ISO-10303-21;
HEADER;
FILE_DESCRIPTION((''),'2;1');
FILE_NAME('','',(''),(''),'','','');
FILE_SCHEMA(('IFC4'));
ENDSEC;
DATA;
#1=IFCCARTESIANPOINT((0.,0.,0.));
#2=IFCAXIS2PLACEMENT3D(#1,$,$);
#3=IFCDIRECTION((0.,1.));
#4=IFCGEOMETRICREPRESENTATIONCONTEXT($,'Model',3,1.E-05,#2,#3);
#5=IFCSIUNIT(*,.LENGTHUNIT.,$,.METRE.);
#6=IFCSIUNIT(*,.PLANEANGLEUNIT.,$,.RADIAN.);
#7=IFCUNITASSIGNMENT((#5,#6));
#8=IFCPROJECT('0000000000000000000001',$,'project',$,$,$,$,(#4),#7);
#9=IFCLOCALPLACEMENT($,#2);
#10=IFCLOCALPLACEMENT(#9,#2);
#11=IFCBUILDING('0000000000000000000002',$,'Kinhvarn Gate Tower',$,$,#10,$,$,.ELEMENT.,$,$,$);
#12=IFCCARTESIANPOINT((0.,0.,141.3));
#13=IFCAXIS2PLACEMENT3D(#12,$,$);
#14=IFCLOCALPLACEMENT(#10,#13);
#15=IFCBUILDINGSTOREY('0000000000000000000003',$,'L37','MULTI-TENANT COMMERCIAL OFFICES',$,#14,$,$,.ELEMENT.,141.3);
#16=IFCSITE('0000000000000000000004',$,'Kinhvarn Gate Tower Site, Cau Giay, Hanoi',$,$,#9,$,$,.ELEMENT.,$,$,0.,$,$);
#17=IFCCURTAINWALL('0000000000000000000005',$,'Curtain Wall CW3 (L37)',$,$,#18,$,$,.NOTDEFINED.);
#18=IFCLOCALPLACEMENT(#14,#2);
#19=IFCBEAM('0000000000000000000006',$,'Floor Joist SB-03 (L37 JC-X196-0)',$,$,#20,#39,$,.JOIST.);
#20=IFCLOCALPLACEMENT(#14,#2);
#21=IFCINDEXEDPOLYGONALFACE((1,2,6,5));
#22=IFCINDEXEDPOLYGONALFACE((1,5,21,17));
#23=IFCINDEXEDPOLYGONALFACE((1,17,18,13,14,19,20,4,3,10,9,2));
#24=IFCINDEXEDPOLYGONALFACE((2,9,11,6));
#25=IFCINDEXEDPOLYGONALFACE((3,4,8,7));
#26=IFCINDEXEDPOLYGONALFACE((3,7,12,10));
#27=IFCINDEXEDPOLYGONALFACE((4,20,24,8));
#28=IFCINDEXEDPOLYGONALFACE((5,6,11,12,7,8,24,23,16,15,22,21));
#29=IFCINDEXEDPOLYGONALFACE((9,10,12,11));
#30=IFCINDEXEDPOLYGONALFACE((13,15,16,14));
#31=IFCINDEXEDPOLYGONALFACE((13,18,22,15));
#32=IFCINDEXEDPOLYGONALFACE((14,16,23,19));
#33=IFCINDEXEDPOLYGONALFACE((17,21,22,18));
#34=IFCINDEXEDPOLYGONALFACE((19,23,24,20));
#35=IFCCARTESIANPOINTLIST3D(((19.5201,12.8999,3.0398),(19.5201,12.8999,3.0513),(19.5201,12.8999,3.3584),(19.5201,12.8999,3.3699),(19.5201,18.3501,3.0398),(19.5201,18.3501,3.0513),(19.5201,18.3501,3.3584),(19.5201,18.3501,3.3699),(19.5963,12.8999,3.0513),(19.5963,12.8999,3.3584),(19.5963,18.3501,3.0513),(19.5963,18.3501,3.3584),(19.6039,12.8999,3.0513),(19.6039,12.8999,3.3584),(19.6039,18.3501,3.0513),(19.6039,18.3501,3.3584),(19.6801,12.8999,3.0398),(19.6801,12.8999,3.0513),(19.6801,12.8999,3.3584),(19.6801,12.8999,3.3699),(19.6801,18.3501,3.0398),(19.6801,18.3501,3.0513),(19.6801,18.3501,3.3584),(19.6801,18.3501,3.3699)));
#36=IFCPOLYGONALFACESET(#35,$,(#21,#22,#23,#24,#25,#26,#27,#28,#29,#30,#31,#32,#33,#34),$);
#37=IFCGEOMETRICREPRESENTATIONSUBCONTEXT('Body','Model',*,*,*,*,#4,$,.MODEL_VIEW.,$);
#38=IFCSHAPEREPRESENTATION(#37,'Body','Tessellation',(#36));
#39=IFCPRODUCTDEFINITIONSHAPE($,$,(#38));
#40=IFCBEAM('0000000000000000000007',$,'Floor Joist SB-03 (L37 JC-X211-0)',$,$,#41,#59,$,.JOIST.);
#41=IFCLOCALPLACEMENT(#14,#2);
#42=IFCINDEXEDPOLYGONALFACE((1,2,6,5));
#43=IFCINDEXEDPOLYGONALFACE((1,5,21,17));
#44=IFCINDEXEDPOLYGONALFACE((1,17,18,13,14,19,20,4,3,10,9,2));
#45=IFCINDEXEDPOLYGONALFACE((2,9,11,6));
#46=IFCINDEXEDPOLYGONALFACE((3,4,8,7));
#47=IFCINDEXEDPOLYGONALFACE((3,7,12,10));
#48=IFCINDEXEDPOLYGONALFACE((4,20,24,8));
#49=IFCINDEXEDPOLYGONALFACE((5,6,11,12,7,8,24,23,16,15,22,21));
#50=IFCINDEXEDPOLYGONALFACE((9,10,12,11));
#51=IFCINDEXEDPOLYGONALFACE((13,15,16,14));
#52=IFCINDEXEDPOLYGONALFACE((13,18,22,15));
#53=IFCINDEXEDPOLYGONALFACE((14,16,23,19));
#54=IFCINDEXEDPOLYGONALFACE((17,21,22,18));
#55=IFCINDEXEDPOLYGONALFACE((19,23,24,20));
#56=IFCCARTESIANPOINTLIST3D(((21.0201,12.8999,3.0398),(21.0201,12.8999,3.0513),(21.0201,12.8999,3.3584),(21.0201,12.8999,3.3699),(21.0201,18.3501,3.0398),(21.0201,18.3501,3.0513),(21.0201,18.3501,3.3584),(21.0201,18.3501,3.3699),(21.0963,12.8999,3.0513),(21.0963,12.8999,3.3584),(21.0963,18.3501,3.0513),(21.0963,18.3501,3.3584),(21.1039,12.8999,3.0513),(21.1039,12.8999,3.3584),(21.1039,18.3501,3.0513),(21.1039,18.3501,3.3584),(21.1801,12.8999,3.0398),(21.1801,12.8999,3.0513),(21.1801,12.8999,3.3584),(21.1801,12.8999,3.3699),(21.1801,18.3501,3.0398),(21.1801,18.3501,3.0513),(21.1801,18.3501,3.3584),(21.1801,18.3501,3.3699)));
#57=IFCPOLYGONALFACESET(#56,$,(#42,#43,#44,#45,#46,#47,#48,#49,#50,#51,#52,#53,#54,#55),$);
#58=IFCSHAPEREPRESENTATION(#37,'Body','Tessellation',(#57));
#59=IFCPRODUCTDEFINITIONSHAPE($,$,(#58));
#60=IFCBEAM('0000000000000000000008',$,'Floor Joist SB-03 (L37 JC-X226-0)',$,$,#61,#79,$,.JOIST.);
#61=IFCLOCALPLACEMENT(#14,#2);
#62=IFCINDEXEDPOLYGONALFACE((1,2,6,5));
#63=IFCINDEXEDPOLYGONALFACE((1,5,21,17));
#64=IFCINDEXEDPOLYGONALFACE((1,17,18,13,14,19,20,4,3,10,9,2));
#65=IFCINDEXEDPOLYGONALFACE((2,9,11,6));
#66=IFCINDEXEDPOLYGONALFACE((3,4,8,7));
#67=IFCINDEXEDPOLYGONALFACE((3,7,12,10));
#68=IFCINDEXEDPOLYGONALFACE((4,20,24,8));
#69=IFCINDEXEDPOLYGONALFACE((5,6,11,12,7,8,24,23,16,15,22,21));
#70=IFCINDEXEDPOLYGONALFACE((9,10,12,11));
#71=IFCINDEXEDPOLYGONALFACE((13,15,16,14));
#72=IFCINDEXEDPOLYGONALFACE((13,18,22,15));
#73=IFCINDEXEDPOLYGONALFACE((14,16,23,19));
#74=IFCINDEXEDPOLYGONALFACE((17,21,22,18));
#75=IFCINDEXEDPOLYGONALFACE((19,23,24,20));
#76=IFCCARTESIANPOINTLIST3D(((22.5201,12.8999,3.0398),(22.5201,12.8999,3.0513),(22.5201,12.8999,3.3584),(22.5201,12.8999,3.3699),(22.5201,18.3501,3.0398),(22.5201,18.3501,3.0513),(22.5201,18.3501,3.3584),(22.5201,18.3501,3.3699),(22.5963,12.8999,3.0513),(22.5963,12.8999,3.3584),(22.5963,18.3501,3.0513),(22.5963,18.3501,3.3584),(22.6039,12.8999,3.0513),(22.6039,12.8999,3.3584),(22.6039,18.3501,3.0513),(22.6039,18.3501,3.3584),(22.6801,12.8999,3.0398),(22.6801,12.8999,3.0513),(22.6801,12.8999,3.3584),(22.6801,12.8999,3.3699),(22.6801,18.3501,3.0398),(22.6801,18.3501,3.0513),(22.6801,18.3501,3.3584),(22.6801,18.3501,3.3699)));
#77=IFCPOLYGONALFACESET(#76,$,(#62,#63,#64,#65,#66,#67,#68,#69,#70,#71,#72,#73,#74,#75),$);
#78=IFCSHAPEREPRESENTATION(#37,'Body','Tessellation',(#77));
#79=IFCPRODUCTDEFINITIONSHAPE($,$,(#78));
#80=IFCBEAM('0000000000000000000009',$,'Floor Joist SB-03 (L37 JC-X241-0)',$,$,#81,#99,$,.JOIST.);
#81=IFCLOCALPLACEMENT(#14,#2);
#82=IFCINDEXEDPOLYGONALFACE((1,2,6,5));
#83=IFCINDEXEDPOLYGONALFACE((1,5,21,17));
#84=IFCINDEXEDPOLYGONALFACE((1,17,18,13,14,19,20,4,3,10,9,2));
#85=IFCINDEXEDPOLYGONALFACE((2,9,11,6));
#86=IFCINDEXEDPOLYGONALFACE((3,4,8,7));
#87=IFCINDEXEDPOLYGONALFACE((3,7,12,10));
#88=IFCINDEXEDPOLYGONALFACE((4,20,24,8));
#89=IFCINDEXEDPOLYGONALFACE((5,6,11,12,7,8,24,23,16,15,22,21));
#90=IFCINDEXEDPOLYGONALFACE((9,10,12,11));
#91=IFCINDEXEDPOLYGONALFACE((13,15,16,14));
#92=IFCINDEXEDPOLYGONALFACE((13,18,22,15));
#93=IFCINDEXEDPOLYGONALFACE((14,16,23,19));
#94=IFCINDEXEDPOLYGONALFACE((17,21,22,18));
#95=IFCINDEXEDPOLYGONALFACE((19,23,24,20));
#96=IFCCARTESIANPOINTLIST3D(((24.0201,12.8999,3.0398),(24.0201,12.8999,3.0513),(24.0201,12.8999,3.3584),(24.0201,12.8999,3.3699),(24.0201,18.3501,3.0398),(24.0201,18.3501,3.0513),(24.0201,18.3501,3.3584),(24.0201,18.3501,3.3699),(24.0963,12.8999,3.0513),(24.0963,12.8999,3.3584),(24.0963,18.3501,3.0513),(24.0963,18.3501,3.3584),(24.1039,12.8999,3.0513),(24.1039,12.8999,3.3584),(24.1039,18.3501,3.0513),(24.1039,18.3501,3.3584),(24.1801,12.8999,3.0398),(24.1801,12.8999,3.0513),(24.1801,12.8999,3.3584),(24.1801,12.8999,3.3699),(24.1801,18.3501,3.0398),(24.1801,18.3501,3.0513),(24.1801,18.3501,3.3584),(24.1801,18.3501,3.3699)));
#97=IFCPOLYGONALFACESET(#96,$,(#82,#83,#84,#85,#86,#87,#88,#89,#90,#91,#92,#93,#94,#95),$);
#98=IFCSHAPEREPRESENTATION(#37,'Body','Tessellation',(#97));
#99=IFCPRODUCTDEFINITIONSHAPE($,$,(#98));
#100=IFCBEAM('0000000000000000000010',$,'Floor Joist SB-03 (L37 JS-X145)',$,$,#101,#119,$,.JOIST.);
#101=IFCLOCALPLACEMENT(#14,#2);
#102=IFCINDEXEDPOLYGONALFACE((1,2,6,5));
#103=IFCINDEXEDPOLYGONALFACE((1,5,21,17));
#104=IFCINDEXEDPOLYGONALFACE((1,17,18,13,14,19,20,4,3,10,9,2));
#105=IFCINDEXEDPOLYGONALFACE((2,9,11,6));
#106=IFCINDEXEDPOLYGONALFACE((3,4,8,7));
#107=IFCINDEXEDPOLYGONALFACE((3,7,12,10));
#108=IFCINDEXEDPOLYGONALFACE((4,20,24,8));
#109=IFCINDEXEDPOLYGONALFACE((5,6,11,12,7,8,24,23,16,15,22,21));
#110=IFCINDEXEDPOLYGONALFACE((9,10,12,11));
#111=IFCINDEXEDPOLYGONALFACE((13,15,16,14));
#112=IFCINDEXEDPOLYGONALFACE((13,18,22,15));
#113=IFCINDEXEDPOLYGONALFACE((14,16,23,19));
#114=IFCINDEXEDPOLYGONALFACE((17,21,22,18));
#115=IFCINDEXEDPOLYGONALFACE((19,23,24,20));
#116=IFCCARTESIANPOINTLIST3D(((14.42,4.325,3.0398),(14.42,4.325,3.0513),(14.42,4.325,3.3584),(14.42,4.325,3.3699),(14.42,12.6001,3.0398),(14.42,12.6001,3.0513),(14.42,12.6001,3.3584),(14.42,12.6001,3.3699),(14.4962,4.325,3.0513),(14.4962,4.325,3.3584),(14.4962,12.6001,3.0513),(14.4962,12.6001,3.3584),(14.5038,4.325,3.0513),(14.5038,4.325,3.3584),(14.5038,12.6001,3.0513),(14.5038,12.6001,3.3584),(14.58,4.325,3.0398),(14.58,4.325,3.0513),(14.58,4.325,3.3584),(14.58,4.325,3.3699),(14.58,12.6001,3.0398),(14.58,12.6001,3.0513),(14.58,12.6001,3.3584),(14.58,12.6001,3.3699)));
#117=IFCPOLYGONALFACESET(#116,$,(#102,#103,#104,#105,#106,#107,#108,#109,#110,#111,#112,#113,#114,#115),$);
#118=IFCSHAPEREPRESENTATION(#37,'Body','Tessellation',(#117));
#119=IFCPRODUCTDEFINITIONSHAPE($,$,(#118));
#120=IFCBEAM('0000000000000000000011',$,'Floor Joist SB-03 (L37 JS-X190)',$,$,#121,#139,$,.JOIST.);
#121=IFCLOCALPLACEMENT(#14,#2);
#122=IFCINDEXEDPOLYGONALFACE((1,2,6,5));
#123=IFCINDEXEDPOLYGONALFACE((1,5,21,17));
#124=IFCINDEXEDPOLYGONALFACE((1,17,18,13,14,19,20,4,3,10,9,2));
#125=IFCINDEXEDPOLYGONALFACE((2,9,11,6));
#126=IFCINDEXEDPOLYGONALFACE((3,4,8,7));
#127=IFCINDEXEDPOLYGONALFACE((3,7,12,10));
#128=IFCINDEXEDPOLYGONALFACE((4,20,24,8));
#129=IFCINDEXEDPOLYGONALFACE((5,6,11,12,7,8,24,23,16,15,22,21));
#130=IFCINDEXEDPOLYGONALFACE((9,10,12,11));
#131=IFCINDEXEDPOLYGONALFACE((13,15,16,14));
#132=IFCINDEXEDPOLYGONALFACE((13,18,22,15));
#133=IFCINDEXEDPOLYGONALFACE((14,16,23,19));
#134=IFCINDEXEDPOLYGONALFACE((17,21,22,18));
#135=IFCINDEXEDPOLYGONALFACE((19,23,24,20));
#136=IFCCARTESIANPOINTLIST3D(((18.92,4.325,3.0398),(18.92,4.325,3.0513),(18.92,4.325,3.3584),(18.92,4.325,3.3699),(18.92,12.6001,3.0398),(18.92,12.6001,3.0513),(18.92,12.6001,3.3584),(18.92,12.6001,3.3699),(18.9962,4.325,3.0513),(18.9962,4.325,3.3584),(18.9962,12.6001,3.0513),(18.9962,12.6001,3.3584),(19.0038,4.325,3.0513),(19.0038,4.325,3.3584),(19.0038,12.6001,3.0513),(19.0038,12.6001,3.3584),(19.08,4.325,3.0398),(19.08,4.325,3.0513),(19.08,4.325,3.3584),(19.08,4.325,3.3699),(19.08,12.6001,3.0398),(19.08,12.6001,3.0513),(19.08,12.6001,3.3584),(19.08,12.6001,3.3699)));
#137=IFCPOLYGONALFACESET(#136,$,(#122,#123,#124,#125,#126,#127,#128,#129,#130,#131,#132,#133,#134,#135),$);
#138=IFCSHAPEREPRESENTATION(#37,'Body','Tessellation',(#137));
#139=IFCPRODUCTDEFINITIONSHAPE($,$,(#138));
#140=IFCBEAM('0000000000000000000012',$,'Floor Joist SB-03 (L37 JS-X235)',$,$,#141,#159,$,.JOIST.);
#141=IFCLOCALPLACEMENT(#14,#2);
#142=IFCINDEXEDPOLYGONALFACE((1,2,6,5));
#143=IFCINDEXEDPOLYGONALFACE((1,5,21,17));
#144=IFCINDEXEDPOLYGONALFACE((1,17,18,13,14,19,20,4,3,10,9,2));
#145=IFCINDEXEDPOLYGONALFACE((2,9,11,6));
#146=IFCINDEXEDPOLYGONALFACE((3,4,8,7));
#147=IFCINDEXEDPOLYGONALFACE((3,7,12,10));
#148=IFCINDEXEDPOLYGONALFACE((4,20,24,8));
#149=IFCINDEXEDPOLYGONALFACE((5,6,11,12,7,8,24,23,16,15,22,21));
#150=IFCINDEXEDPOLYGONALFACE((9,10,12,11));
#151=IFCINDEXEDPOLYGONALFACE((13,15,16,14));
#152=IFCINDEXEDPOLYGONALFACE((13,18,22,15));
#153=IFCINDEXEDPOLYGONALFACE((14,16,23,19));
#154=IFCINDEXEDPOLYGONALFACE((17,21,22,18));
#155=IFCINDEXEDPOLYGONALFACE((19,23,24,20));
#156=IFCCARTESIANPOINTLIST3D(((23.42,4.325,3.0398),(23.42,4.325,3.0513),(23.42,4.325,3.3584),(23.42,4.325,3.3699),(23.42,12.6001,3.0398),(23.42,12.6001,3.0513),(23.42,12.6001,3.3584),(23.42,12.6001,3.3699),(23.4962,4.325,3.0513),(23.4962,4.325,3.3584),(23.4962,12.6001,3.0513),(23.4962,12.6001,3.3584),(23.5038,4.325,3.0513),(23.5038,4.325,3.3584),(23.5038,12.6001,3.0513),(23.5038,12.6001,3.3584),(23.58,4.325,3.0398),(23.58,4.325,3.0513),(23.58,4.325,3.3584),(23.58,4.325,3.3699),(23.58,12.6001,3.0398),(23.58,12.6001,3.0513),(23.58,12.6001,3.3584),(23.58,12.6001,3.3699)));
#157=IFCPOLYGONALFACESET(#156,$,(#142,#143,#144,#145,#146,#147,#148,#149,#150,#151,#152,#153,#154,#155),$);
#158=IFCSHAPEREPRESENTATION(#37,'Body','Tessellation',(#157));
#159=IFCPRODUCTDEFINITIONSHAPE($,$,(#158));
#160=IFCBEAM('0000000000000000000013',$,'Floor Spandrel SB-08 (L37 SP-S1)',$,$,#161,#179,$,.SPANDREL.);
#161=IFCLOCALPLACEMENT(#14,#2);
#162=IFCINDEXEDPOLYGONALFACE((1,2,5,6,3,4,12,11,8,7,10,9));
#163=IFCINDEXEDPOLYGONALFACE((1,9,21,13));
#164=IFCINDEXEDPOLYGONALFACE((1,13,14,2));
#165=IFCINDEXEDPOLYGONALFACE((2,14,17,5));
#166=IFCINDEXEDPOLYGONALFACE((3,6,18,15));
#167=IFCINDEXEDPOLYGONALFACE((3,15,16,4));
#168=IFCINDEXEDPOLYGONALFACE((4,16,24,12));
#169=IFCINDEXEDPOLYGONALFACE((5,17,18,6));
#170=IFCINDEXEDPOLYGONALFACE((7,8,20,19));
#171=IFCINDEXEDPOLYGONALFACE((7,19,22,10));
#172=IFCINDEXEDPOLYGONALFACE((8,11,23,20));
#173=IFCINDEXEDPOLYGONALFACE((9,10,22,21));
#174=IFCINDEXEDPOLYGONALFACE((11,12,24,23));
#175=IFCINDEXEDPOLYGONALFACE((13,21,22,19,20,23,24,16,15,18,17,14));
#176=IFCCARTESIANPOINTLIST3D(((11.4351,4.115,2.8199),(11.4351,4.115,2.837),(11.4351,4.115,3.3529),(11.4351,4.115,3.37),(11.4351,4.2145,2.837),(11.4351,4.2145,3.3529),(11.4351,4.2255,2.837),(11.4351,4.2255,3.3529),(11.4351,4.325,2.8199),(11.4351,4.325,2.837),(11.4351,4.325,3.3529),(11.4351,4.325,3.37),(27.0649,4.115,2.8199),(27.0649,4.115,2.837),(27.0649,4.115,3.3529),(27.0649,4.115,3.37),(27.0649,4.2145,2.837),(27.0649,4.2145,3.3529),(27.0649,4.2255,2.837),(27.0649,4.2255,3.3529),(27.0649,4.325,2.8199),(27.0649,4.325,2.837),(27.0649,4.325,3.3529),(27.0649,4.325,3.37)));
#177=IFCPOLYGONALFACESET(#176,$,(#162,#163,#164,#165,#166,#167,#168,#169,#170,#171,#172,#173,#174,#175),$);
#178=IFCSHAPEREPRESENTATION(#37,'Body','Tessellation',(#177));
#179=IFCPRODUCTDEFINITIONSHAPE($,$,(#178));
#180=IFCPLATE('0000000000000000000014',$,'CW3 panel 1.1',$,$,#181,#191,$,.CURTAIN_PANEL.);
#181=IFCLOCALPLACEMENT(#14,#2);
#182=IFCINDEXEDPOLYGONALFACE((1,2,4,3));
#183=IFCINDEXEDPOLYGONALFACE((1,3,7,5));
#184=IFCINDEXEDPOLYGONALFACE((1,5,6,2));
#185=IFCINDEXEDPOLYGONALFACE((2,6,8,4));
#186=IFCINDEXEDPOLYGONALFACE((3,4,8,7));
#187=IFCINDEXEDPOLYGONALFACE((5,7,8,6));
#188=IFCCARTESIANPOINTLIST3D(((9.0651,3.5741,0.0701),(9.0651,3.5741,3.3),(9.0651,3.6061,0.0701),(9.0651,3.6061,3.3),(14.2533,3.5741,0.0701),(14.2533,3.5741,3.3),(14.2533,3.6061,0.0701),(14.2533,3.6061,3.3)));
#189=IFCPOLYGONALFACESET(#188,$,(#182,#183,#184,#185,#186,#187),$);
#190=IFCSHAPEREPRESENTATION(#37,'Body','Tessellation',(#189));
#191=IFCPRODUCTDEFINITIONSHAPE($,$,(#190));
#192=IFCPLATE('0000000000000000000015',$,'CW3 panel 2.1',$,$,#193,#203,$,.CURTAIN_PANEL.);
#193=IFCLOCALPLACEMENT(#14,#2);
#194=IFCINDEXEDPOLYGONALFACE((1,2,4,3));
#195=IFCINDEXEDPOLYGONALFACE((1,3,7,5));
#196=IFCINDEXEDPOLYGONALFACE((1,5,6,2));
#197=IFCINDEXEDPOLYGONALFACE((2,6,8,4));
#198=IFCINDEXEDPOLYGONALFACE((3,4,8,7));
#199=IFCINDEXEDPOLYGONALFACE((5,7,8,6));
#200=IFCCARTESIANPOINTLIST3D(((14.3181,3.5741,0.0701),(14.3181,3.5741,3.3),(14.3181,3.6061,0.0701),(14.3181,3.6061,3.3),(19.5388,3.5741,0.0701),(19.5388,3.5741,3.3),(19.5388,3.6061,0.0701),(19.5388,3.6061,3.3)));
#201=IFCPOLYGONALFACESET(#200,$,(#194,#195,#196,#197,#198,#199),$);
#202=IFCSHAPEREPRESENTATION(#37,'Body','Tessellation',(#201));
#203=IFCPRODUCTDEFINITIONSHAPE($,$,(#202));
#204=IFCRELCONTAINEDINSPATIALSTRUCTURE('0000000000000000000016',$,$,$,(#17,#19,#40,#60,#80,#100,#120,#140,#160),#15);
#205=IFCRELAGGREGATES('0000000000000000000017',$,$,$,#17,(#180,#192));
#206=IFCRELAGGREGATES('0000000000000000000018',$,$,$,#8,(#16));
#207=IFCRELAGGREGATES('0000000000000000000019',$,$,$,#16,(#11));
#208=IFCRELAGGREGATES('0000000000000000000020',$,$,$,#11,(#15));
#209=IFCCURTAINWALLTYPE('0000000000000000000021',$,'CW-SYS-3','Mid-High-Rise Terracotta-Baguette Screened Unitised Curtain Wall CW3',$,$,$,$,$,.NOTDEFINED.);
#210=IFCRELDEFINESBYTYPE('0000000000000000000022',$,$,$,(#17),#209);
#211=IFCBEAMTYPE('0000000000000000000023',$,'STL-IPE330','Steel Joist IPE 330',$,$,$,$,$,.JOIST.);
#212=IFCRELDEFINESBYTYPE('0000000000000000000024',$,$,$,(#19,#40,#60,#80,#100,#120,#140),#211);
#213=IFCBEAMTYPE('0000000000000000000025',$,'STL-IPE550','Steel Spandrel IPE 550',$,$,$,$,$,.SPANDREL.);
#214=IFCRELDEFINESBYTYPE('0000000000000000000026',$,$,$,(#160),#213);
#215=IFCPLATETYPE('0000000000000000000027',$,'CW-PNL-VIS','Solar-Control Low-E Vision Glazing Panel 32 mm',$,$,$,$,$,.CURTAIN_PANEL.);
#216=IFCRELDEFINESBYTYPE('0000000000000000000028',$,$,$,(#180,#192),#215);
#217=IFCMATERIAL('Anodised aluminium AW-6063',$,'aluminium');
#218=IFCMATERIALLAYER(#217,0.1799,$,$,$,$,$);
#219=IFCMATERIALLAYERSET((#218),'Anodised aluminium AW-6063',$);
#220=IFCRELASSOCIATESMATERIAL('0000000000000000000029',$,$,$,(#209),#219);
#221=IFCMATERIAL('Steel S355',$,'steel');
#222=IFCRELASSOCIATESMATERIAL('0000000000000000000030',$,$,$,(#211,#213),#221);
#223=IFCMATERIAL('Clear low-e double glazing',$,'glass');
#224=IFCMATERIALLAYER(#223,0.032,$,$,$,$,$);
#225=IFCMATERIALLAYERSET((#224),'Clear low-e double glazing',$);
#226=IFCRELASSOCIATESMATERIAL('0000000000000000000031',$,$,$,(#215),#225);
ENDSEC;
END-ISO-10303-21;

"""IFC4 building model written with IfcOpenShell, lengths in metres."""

from ifc_helpers import new_model, si_unit, direction, frame, origin, origin_2d, place, context, subcontext, project, spatial, rectangle, i_section, extrude, material, layer, layer_set, material_profile, profile_set, type_object, element, aggregate, save


model = new_model("IFC4")

# Units and contexts
model_context = context("Model", 3, precision=1e-05, world=origin(), true_north=direction((0.0, 1.0)))
body_context = subcontext(model_context, "Body", "Model", "MODEL_VIEW")
ifc_project = project(units=[si_unit("LENGTHUNIT", "METRE"), si_unit("PLANEANGLEUNIT", "RADIAN")], contexts=[model_context])

# Site, building, storey
site_placement = place(None, origin())
site = spatial("IfcSite", under=ifc_project, at=site_placement, Name="Kinhvarn Gate Tower Site, Cau Giay, Hanoi", CompositionType="ELEMENT", RefElevation=0.0)
building_placement = place(site_placement, origin())
building = spatial("IfcBuilding", under=site, at=building_placement, Name="Kinhvarn Gate Tower", CompositionType="ELEMENT")
storey_placement = place(building_placement, frame((0.0, 0.0, 141.3)))
storey = spatial("IfcBuildingStorey", under=building, at=storey_placement, Name="L37", Description="MULTI-TENANT COMMERCIAL OFFICES", CompositionType="ELEMENT", Elevation=141.3)

# Curtain wall
ifc_material_1 = material(Name="Anodised aluminium AW-6063", Category="aluminium")
ifc_layer_1 = layer(ifc_material_1, 0.1799)
ifc_layer_set_1 = layer_set([ifc_layer_1], Name="Anodised aluminium AW-6063")
curtain_wall_type = type_object("IfcCurtainWallType", Name="CW-SYS-3", Description="Mid-High-Rise Terracotta-Baguette Screened Unitised Curtain Wall CW3", PredefinedType="NOTDEFINED", material=ifc_layer_set_1)
curtain_wall_placement = place(storey_placement, origin())
curtain_wall = element("IfcCurtainWall", 1, at=curtain_wall_placement, inside=storey, type_object=curtain_wall_type, Name="Curtain Wall CW3 (L37)", PredefinedType="NOTDEFINED")

# Beams
ifc_material_2 = material(Name="Steel S355", Category="steel")
ifc_material_profile_1 = material_profile(ifc_material_2, i_section(OverallWidth=0.1599, OverallDepth=0.3301, WebThickness=0.0076, FlangeThickness=0.0115, at=origin_2d()), Name="IPE 330")
ifc_profile_set_1 = profile_set([ifc_material_profile_1], Name="Steel S355")
beam_type_1 = type_object("IfcBeamType", Name="STL-IPE330", Description="Steel Joist IPE 330", PredefinedType="JOIST", material=ifc_profile_set_1)
for number, where, z_axis, x_axis, name in (
    (2, (19.6001, 12.8999, 3.2048), (0.0, 1.0, 0.0), (-1.0, 0.0, 0.0), "Floor Joist SB-03 (L37 JC-X196-0)"),
    (3, (21.1001, 12.8999, 3.2048), (0.0, 1.0, 0.0), (-1.0, 0.0, 0.0), "Floor Joist SB-03 (L37 JC-X211-0)"),
    (4, (22.6001, 12.8999, 3.2048), (0.0, 1.0, 0.0), (-1.0, 0.0, 0.0), "Floor Joist SB-03 (L37 JC-X226-0)"),
    (5, (24.1001, 12.8999, 3.2048), (0.0, 1.0, 0.0), (-1.0, 0.0, 0.0), "Floor Joist SB-03 (L37 JC-X241-0)"),
):
    element("IfcBeam", number, at=place(storey_placement, frame(where, z_axis=z_axis, x_axis=x_axis)), inside=storey, type_object=beam_type_1, Name=name, PredefinedType="JOIST", context=body_context, shape_type="SweptSolid", body=[
        extrude(i_section(OverallWidth=0.1599, OverallDepth=0.3301, WebThickness=0.0076, FlangeThickness=0.0115, at=origin_2d()), origin(), (0.0, 0.0, 1.0), 5.4502),
    ])
for number, where, z_axis, x_axis, name in (
    (6, (14.5, 4.325, 3.2048), (0.0, 1.0, 0.0), (-1.0, 0.0, 0.0), "Floor Joist SB-03 (L37 JS-X145)"),
    (7, (19.0, 4.325, 3.2048), (0.0, 1.0, 0.0), (-1.0, 0.0, 0.0), "Floor Joist SB-03 (L37 JS-X190)"),
    (8, (23.5, 4.325, 3.2048), (0.0, 1.0, 0.0), (-1.0, 0.0, 0.0), "Floor Joist SB-03 (L37 JS-X235)"),
):
    element("IfcBeam", number, at=place(storey_placement, frame(where, z_axis=z_axis, x_axis=x_axis)), inside=storey, type_object=beam_type_1, Name=name, PredefinedType="JOIST", context=body_context, shape_type="SweptSolid", body=[
        extrude(i_section(OverallWidth=0.1599, OverallDepth=0.3301, WebThickness=0.0076, FlangeThickness=0.0115, at=origin_2d()), origin(), (0.0, 0.0, 1.0), 8.2751),
    ])
ifc_material_profile_2 = material_profile(ifc_material_2, i_section(OverallWidth=0.21, OverallDepth=0.55, WebThickness=0.011, FlangeThickness=0.0171, at=origin_2d()), Name="IPE 550")
ifc_profile_set_2 = profile_set([ifc_material_profile_2], Name="Steel S355")
beam_type_2 = type_object("IfcBeamType", Name="STL-IPE550", Description="Steel Spandrel IPE 550", PredefinedType="SPANDREL", material=ifc_profile_set_2)
beam_1_placement = place(storey_placement, frame((11.4351, 4.22, 3.095), z_axis=(1.0, 0.0, 0.0), x_axis=(0.0, 1.0, 0.0)))
element("IfcBeam", 9, at=beam_1_placement, inside=storey, type_object=beam_type_2, Name="Floor Spandrel SB-08 (L37 SP-S1)", PredefinedType="SPANDREL", context=body_context, shape_type="SweptSolid", body=[
    extrude(i_section(OverallWidth=0.21, OverallDepth=0.55, WebThickness=0.011, FlangeThickness=0.0171, at=origin_2d()), origin(), (0.0, 0.0, 1.0), 15.6299),
])

# Plates
ifc_material_3 = material(Name="Clear low-e double glazing", Category="glass")
ifc_layer_2 = layer(ifc_material_3, 0.032)
ifc_layer_set_2 = layer_set([ifc_layer_2], Name="Clear low-e double glazing")
plate_type = type_object("IfcPlateType", Name="CW-PNL-VIS", Description="Solar-Control Low-E Vision Glazing Panel 32 mm", PredefinedType="CURTAIN_PANEL", material=ifc_layer_set_2)
plate_1_placement = place(storey_placement, frame((11.6592, 3.5901, 0.0701), z_axis=(0.0, 0.0, 1.0), x_axis=(1.0, 0.0, 0.0)))
plate_1 = element("IfcPlate", 10, at=plate_1_placement, type_object=plate_type, Name="CW3 panel 1.1", PredefinedType="CURTAIN_PANEL", context=body_context, shape_type="SweptSolid", body=[
    extrude(rectangle(XDim=5.1882, YDim=0.032, at=origin_2d()), origin(), (0.0, 0.0, 1.0), 3.23),
])
plate_2_placement = place(storey_placement, frame((16.9285, 3.5901, 0.0701), z_axis=(0.0, 0.0, 1.0), x_axis=(1.0, 0.0, 0.0)))
plate_2 = element("IfcPlate", 11, at=plate_2_placement, type_object=plate_type, Name="CW3 panel 2.1", PredefinedType="CURTAIN_PANEL", context=body_context, shape_type="SweptSolid", body=[
    extrude(rectangle(XDim=5.2207, YDim=0.032, at=origin_2d()), origin(), (0.0, 0.0, 1.0), 3.23),
])
aggregate(curtain_wall, [plate_1, plate_2])

save(model, "model.ifc")
